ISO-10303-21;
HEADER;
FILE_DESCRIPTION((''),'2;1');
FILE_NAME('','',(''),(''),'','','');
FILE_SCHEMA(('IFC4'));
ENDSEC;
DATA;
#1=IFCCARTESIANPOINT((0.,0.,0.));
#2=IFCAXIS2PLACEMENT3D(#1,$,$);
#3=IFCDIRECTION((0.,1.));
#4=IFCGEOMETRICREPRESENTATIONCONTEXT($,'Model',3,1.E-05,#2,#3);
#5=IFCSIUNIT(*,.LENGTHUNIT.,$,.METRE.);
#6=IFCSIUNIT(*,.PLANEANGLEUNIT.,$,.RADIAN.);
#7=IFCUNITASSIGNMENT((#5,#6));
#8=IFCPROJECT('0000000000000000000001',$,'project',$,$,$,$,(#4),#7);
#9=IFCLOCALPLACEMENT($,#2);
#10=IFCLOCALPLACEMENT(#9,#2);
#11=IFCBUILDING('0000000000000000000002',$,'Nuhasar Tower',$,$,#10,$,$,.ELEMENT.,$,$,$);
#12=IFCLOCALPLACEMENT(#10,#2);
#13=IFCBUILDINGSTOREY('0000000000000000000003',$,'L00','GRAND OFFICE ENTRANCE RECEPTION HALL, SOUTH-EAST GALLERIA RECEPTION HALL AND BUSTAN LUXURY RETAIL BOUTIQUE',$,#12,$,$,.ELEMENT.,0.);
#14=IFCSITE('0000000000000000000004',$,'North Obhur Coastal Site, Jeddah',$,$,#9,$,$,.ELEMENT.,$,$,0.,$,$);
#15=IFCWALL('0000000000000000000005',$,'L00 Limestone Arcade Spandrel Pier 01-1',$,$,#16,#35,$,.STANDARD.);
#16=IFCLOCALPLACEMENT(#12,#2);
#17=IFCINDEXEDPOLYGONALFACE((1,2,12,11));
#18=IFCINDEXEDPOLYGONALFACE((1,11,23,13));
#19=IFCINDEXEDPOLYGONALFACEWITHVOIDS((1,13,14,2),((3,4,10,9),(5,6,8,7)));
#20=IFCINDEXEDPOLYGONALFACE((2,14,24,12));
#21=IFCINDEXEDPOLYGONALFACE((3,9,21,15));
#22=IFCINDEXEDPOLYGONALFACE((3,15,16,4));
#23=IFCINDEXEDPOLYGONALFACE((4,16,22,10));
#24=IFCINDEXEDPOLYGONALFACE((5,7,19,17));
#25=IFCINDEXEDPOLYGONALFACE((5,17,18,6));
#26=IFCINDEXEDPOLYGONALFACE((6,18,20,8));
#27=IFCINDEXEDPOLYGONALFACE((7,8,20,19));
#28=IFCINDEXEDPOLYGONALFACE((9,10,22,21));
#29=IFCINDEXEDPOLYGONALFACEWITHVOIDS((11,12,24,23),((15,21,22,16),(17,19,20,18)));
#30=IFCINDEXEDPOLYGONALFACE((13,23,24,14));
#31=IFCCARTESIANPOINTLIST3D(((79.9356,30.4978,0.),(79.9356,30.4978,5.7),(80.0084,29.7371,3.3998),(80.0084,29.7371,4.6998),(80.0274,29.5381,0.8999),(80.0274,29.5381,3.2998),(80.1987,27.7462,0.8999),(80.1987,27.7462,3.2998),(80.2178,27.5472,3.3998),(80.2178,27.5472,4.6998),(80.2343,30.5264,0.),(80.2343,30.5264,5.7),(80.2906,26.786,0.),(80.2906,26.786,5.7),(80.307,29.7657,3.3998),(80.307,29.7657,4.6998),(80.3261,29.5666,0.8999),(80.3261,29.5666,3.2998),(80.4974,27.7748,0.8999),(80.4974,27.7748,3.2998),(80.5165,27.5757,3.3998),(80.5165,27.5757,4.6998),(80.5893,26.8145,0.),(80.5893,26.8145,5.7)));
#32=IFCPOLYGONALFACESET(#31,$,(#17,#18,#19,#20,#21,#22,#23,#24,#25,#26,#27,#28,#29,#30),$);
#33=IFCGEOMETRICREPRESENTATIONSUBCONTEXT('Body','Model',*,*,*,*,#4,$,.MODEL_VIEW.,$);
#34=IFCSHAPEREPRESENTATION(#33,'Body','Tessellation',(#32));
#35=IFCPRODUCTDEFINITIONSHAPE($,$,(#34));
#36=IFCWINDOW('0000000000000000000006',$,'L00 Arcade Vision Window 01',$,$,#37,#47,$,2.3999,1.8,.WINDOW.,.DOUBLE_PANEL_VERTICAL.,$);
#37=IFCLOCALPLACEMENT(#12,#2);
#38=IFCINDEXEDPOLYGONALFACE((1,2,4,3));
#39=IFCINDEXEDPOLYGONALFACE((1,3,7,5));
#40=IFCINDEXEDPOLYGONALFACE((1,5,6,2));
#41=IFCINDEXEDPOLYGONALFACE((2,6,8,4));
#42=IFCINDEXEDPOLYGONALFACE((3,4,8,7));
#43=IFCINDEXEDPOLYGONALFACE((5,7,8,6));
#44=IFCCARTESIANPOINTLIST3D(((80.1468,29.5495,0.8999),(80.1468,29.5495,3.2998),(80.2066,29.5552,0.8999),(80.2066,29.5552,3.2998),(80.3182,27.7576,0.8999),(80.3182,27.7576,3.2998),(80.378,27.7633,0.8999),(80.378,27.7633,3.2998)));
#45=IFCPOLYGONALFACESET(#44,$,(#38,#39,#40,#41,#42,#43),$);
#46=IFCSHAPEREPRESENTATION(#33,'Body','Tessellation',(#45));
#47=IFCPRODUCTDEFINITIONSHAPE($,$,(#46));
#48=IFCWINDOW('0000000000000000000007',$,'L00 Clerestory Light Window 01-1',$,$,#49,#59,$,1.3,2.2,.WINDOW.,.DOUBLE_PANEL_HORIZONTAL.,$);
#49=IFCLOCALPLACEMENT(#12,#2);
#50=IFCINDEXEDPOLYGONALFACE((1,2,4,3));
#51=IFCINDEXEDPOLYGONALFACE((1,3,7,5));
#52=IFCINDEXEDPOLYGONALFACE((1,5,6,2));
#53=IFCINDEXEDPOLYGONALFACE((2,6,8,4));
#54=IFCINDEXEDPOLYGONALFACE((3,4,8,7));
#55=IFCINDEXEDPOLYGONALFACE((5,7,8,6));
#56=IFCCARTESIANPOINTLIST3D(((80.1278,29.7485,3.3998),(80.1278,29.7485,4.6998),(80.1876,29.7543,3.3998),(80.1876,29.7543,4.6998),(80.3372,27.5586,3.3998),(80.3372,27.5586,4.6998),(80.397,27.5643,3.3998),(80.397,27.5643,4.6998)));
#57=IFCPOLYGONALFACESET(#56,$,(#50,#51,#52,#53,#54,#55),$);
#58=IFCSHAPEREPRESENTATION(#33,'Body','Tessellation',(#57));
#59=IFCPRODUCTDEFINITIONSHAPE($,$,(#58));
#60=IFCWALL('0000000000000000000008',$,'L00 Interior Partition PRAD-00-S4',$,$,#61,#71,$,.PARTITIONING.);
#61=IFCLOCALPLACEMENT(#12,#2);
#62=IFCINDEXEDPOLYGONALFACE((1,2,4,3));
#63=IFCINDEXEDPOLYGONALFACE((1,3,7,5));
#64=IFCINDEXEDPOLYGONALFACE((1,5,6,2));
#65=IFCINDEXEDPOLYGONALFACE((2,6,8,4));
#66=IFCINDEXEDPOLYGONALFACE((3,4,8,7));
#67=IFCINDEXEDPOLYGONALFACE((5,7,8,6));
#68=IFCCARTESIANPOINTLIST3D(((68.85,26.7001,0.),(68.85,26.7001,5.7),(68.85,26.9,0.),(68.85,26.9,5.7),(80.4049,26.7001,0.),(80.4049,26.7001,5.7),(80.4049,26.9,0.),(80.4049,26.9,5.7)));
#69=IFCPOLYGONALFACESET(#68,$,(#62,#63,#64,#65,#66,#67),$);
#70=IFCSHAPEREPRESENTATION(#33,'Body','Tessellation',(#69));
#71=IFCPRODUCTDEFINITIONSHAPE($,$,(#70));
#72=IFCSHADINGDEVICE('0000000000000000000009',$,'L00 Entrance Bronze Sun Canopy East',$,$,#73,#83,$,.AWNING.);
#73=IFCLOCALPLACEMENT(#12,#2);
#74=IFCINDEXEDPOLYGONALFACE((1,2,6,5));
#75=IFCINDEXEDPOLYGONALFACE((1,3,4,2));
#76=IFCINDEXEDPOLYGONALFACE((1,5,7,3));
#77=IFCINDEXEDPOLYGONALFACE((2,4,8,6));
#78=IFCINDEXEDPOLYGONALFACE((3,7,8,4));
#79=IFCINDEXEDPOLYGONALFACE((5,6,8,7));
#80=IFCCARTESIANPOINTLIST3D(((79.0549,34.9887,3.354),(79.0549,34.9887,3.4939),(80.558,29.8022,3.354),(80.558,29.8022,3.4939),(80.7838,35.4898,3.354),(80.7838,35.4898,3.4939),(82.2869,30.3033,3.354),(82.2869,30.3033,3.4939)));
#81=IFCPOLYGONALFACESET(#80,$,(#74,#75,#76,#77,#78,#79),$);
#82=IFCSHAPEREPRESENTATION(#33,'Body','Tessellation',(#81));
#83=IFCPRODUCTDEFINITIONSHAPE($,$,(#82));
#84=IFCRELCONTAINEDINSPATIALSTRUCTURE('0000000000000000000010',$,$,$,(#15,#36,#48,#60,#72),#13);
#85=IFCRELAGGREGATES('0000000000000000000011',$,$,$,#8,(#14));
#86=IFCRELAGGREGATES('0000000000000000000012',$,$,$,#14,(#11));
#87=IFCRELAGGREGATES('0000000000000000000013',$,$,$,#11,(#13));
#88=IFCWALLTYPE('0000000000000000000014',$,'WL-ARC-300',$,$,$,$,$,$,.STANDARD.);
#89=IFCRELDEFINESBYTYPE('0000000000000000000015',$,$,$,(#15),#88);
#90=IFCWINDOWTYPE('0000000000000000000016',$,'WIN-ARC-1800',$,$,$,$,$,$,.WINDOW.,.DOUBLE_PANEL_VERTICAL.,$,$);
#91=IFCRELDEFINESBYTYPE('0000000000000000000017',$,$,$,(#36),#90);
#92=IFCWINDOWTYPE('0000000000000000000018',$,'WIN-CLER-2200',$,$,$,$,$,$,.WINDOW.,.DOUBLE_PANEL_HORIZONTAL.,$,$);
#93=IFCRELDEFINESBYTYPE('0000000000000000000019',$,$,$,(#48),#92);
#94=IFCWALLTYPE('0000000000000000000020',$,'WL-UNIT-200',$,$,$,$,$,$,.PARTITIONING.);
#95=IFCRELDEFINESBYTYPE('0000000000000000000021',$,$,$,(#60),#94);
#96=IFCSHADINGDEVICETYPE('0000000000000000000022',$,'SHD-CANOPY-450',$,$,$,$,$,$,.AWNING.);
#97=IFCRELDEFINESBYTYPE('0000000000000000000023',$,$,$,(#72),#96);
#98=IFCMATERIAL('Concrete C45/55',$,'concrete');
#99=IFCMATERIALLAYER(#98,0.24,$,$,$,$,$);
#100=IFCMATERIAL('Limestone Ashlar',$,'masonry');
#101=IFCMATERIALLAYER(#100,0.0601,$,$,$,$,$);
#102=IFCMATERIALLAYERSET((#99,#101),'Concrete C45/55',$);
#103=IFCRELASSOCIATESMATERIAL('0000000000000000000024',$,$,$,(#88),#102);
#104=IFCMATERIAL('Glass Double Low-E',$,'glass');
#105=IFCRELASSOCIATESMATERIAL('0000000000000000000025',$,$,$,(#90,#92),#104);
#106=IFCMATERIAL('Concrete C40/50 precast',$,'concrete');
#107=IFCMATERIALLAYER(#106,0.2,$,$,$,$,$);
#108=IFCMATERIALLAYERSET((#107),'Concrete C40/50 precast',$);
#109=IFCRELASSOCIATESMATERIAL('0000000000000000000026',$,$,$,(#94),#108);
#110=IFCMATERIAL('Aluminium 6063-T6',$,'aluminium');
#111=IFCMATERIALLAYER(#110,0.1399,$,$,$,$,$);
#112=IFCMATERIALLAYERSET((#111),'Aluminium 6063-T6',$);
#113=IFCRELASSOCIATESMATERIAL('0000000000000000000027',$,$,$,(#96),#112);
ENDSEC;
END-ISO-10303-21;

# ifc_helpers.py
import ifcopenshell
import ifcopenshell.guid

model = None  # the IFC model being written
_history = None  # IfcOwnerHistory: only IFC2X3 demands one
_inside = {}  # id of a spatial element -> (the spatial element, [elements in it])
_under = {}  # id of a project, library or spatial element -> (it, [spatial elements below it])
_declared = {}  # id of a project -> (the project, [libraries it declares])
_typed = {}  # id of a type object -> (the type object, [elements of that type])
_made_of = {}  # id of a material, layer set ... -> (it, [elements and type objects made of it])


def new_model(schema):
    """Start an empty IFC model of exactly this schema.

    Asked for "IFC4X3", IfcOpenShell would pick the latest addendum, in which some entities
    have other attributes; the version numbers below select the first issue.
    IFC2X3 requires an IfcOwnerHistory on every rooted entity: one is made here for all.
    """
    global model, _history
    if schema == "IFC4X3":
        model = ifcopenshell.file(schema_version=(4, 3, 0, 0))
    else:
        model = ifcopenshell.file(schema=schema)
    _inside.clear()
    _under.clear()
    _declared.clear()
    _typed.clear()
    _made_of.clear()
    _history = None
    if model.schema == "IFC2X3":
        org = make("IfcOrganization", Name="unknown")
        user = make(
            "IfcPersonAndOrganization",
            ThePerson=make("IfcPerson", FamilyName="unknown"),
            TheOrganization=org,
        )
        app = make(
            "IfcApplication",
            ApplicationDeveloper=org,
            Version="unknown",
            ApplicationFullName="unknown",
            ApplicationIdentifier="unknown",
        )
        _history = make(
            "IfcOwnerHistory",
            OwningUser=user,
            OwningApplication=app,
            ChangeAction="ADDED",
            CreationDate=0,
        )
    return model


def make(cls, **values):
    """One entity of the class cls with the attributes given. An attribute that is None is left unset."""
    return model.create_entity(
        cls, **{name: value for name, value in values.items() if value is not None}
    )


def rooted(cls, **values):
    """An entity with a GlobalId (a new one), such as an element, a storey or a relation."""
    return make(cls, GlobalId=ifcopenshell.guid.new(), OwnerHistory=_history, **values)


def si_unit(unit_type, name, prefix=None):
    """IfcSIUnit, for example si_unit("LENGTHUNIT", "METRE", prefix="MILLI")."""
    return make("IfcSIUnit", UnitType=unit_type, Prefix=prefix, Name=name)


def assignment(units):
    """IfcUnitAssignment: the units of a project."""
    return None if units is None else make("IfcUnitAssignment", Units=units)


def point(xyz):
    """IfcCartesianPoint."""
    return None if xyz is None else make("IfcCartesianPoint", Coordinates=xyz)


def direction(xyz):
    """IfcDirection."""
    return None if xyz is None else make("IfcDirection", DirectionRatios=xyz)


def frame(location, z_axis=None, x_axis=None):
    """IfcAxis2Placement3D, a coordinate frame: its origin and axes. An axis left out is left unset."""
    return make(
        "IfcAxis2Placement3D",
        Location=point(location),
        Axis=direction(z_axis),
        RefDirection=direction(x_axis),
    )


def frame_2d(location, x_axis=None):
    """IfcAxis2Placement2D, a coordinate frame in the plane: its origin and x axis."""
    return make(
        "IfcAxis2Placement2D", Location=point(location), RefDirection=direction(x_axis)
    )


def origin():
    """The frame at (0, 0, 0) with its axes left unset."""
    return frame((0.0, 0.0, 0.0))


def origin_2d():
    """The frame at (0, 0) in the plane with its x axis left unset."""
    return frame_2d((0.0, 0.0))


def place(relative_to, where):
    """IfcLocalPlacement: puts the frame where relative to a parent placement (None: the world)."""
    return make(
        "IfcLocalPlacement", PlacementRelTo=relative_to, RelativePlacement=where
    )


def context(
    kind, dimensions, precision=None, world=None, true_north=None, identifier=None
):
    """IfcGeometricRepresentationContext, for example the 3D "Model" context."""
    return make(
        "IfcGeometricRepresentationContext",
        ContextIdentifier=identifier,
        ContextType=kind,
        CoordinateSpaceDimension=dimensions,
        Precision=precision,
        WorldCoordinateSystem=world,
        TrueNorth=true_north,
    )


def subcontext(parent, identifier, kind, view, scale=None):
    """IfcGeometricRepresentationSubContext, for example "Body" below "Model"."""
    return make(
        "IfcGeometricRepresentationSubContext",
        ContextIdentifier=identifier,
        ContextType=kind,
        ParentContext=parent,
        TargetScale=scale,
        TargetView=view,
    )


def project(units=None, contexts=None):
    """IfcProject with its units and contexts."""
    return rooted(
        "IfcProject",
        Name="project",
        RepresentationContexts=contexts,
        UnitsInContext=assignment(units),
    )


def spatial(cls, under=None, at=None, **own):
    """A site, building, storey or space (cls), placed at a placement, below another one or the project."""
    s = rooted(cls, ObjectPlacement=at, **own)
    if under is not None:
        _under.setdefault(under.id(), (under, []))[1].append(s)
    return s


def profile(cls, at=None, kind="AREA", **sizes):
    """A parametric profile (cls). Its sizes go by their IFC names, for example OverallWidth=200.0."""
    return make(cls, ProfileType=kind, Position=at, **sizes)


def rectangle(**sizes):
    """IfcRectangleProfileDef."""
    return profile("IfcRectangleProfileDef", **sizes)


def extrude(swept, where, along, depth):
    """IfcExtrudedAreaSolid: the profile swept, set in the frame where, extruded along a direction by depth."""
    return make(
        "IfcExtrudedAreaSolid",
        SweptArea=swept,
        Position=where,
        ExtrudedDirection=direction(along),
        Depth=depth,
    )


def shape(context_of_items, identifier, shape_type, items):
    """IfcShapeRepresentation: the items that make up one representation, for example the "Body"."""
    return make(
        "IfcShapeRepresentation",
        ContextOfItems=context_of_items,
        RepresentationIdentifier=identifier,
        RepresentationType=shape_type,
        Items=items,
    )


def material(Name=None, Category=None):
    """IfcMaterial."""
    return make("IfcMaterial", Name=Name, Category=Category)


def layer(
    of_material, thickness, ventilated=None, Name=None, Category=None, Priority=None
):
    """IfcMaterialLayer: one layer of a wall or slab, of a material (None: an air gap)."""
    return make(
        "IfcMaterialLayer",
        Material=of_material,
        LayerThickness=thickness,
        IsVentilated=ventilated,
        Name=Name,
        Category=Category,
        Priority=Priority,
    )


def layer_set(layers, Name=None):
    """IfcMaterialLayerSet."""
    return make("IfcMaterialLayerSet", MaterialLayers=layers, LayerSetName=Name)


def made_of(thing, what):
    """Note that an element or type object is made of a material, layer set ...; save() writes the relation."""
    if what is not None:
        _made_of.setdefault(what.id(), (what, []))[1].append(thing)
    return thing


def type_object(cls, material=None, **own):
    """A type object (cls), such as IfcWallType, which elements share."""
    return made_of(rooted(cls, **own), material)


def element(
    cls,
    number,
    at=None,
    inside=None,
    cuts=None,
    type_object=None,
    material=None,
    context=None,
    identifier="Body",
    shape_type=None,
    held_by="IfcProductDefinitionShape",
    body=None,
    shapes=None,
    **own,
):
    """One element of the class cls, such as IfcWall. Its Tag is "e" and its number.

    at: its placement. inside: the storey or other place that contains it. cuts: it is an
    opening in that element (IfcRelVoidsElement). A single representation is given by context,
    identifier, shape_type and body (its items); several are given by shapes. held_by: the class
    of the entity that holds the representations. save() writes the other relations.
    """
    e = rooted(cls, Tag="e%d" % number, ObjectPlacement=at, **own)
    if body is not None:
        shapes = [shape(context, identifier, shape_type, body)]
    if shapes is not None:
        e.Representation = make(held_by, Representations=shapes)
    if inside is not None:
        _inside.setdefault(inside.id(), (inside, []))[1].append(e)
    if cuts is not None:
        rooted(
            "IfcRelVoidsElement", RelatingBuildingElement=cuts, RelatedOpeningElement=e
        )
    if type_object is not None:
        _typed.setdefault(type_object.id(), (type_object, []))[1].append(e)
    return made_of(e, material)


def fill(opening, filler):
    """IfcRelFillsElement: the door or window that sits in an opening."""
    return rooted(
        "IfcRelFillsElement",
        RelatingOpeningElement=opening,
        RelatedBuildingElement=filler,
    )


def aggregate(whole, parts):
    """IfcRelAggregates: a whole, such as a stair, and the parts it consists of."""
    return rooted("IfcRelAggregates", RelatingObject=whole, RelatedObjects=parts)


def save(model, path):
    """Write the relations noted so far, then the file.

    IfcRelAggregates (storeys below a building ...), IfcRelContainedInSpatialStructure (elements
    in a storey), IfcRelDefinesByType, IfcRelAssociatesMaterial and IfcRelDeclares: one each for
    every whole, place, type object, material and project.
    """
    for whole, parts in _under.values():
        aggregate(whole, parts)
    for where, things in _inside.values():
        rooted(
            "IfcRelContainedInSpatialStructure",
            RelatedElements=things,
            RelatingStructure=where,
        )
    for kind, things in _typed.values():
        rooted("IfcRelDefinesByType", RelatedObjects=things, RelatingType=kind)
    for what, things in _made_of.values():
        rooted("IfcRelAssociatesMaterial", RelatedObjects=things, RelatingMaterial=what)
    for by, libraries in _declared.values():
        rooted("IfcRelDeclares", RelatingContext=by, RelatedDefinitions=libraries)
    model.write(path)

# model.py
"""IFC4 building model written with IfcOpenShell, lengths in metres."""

from ifc_helpers import new_model, si_unit, direction, frame, frame_2d, origin, origin_2d, place, context, subcontext, project, spatial, rectangle, extrude, material, layer, layer_set, type_object, element, fill, save


model = new_model("IFC4")

# Units and contexts
model_context = context("Model", 3, precision=1e-05, world=origin(), true_north=direction((0.0, 1.0)))
body_context = subcontext(model_context, "Body", "Model", "MODEL_VIEW")
ifc_project = project(units=[si_unit("LENGTHUNIT", "METRE"), si_unit("PLANEANGLEUNIT", "RADIAN")], contexts=[model_context])

# Site, building, storey
site_placement = place(None, origin())
site = spatial("IfcSite", under=ifc_project, at=site_placement, Name="North Obhur Coastal Site, Jeddah", CompositionType="ELEMENT", RefElevation=0.0)
building_placement = place(site_placement, origin())
building = spatial("IfcBuilding", under=site, at=building_placement, Name="Nuhasar Tower", CompositionType="ELEMENT")
storey_placement = place(building_placement, origin())
storey = spatial("IfcBuildingStorey", under=building, at=storey_placement, Name="L00", Description="GRAND OFFICE ENTRANCE RECEPTION HALL, SOUTH-EAST GALLERIA RECEPTION HALL AND BUSTAN LUXURY RETAIL BOUTIQUE", CompositionType="ELEMENT", Elevation=0.0)

# Shared definitions
ifc_material_1 = material(Name="Aluminium 6063-T6", Category="aluminium")

# Wall, openings, windows
ifc_material_2 = material(Name="Concrete C45/55", Category="concrete")
ifc_layer_1 = layer(ifc_material_2, 0.24)
ifc_material_3 = material(Name="Limestone Ashlar", Category="masonry")
ifc_layer_2 = layer(ifc_material_3, 0.0601)
ifc_layer_set_1 = layer_set([ifc_layer_1, ifc_layer_2], Name="Concrete C45/55")
wall_type_1 = type_object("IfcWallType", Name="WL-ARC-300", PredefinedType="STANDARD", material=ifc_layer_set_1)
wall_1_placement = place(storey_placement, frame((80.085, 30.512, 0.0), z_axis=(0.0, 0.0, 1.0), x_axis=(0.095198, -0.995458, 0.0)))
wall_1 = element("IfcWall", 1, at=wall_1_placement, inside=storey, type_object=wall_type_1, Name="L00 Limestone Arcade Spandrel Pier 01-1", PredefinedType="STANDARD", context=body_context, shape_type="SweptSolid", body=[
    extrude(rectangle(XDim=3.7288, YDim=0.3, at=frame_2d((1.8643, 0.0))), origin(), (0.0, 0.0, 1.0), 5.7),
])
opening_1_placement = place(wall_1_placement, frame((0.9641, 0.0, 0.8999)))
opening_1 = element("IfcOpeningElement", 2, at=opening_1_placement, cuts=wall_1, PredefinedType="OPENING", context=body_context, shape_type="SweptSolid", body=[
    extrude(rectangle(XDim=1.8, YDim=2.3999, at=frame_2d((0.8999, 1.2))), frame((0.0, 0.1602, 0.0), z_axis=(0.0, -1.0, 0.0), x_axis=(1.0, 0.0, 0.0)), (0.0, 0.0, 1.0), 0.3201),
])
opening_2_placement = place(wall_1_placement, frame((0.7639, 0.0, 3.3999)))
opening_2 = element("IfcOpeningElement", 3, at=opening_2_placement, cuts=wall_1, PredefinedType="OPENING", context=body_context, shape_type="SweptSolid", body=[
    extrude(rectangle(XDim=2.2, YDim=1.3, at=frame_2d((1.1001, 0.6499))), frame((0.0, 0.1602, 0.0), z_axis=(0.0, -1.0, 0.0), x_axis=(1.0, 0.0, 0.0)), (0.0, 0.0, 1.0), 0.3201),
])
ifc_material_4 = material(Name="Glass Double Low-E", Category="glass")
window_type_1 = type_object("IfcWindowType", Name="WIN-ARC-1800", PartitioningType="DOUBLE_PANEL_VERTICAL", PredefinedType="WINDOW", material=ifc_material_4)
window_1_placement = place(opening_1_placement, origin())
window_1 = element("IfcWindow", 4, at=window_1_placement, inside=storey, type_object=window_type_1, Name="L00 Arcade Vision Window 01", OverallHeight=2.3999, OverallWidth=1.8, PartitioningType="DOUBLE_PANEL_VERTICAL", PredefinedType="WINDOW", context=body_context, shape_type="SweptSolid", body=[
    extrude(rectangle(XDim=1.8, YDim=2.3999, at=frame_2d((0.8999, 1.2))), frame((0.0, 0.03, 0.0), z_axis=(0.0, -1.0, 0.0), x_axis=(1.0, 0.0, 0.0)), (0.0, 0.0, 1.0), 0.0601),
])
fill(opening_1, window_1)
window_type_2 = type_object("IfcWindowType", Name="WIN-CLER-2200", PartitioningType="DOUBLE_PANEL_HORIZONTAL", PredefinedType="WINDOW", material=ifc_material_4)
window_2_placement = place(opening_2_placement, origin())
window_2 = element("IfcWindow", 5, at=window_2_placement, inside=storey, type_object=window_type_2, Name="L00 Clerestory Light Window 01-1", OverallHeight=1.3, OverallWidth=2.2, PartitioningType="DOUBLE_PANEL_HORIZONTAL", PredefinedType="WINDOW", context=body_context, shape_type="SweptSolid", body=[
    extrude(rectangle(XDim=2.2, YDim=1.3, at=frame_2d((1.1001, 0.6499))), frame((0.0, 0.03, 0.0), z_axis=(0.0, -1.0, 0.0), x_axis=(1.0, 0.0, 0.0)), (0.0, 0.0, 1.0), 0.0601),
])
fill(opening_2, window_2)

# Wall
ifc_material_5 = material(Name="Concrete C40/50 precast", Category="concrete")
ifc_layer_3 = layer(ifc_material_5, 0.2)
ifc_layer_set_2 = layer_set([ifc_layer_3], Name="Concrete C40/50 precast")
wall_type_2 = type_object("IfcWallType", Name="WL-UNIT-200", PredefinedType="PARTITIONING", material=ifc_layer_set_2)
wall_2_placement = place(storey_placement, frame((68.8501, 26.8, 0.0), z_axis=(0.0, 0.0, 1.0), x_axis=(1.0, 0.0, 0.0)))
element("IfcWall", 6, at=wall_2_placement, inside=storey, type_object=wall_type_2, Name="L00 Interior Partition PRAD-00-S4", PredefinedType="PARTITIONING", context=body_context, shape_type="SweptSolid", body=[
    extrude(rectangle(XDim=11.5549, YDim=0.2, at=frame_2d((5.7773, 0.0))), origin(), (0.0, 0.0, 1.0), 5.7),
])

# Shading device
ifc_layer_4 = layer(ifc_material_1, 0.1399)
ifc_layer_set_3 = layer_set([ifc_layer_4], Name="Aluminium 6063-T6")
shading_device_type = type_object("IfcShadingDeviceType", Name="SHD-CANOPY-450", PredefinedType="AWNING", material=ifc_layer_set_3)
shading_device_placement = place(storey_placement, frame((80.6709, 32.646, 3.354), z_axis=(0.0, 0.0, 1.0), x_axis=(0.960474, 0.278371, 0.0)))
element("IfcShadingDevice", 7, at=shading_device_placement, inside=storey, type_object=shading_device_type, Name="L00 Entrance Bronze Sun Canopy East", PredefinedType="AWNING", context=body_context, shape_type="SweptSolid", body=[
    extrude(rectangle(XDim=1.8, YDim=5.3999, at=origin_2d()), origin(), (0.0, 0.0, 1.0), 0.1399),
])

save(model, "model.ifc")
